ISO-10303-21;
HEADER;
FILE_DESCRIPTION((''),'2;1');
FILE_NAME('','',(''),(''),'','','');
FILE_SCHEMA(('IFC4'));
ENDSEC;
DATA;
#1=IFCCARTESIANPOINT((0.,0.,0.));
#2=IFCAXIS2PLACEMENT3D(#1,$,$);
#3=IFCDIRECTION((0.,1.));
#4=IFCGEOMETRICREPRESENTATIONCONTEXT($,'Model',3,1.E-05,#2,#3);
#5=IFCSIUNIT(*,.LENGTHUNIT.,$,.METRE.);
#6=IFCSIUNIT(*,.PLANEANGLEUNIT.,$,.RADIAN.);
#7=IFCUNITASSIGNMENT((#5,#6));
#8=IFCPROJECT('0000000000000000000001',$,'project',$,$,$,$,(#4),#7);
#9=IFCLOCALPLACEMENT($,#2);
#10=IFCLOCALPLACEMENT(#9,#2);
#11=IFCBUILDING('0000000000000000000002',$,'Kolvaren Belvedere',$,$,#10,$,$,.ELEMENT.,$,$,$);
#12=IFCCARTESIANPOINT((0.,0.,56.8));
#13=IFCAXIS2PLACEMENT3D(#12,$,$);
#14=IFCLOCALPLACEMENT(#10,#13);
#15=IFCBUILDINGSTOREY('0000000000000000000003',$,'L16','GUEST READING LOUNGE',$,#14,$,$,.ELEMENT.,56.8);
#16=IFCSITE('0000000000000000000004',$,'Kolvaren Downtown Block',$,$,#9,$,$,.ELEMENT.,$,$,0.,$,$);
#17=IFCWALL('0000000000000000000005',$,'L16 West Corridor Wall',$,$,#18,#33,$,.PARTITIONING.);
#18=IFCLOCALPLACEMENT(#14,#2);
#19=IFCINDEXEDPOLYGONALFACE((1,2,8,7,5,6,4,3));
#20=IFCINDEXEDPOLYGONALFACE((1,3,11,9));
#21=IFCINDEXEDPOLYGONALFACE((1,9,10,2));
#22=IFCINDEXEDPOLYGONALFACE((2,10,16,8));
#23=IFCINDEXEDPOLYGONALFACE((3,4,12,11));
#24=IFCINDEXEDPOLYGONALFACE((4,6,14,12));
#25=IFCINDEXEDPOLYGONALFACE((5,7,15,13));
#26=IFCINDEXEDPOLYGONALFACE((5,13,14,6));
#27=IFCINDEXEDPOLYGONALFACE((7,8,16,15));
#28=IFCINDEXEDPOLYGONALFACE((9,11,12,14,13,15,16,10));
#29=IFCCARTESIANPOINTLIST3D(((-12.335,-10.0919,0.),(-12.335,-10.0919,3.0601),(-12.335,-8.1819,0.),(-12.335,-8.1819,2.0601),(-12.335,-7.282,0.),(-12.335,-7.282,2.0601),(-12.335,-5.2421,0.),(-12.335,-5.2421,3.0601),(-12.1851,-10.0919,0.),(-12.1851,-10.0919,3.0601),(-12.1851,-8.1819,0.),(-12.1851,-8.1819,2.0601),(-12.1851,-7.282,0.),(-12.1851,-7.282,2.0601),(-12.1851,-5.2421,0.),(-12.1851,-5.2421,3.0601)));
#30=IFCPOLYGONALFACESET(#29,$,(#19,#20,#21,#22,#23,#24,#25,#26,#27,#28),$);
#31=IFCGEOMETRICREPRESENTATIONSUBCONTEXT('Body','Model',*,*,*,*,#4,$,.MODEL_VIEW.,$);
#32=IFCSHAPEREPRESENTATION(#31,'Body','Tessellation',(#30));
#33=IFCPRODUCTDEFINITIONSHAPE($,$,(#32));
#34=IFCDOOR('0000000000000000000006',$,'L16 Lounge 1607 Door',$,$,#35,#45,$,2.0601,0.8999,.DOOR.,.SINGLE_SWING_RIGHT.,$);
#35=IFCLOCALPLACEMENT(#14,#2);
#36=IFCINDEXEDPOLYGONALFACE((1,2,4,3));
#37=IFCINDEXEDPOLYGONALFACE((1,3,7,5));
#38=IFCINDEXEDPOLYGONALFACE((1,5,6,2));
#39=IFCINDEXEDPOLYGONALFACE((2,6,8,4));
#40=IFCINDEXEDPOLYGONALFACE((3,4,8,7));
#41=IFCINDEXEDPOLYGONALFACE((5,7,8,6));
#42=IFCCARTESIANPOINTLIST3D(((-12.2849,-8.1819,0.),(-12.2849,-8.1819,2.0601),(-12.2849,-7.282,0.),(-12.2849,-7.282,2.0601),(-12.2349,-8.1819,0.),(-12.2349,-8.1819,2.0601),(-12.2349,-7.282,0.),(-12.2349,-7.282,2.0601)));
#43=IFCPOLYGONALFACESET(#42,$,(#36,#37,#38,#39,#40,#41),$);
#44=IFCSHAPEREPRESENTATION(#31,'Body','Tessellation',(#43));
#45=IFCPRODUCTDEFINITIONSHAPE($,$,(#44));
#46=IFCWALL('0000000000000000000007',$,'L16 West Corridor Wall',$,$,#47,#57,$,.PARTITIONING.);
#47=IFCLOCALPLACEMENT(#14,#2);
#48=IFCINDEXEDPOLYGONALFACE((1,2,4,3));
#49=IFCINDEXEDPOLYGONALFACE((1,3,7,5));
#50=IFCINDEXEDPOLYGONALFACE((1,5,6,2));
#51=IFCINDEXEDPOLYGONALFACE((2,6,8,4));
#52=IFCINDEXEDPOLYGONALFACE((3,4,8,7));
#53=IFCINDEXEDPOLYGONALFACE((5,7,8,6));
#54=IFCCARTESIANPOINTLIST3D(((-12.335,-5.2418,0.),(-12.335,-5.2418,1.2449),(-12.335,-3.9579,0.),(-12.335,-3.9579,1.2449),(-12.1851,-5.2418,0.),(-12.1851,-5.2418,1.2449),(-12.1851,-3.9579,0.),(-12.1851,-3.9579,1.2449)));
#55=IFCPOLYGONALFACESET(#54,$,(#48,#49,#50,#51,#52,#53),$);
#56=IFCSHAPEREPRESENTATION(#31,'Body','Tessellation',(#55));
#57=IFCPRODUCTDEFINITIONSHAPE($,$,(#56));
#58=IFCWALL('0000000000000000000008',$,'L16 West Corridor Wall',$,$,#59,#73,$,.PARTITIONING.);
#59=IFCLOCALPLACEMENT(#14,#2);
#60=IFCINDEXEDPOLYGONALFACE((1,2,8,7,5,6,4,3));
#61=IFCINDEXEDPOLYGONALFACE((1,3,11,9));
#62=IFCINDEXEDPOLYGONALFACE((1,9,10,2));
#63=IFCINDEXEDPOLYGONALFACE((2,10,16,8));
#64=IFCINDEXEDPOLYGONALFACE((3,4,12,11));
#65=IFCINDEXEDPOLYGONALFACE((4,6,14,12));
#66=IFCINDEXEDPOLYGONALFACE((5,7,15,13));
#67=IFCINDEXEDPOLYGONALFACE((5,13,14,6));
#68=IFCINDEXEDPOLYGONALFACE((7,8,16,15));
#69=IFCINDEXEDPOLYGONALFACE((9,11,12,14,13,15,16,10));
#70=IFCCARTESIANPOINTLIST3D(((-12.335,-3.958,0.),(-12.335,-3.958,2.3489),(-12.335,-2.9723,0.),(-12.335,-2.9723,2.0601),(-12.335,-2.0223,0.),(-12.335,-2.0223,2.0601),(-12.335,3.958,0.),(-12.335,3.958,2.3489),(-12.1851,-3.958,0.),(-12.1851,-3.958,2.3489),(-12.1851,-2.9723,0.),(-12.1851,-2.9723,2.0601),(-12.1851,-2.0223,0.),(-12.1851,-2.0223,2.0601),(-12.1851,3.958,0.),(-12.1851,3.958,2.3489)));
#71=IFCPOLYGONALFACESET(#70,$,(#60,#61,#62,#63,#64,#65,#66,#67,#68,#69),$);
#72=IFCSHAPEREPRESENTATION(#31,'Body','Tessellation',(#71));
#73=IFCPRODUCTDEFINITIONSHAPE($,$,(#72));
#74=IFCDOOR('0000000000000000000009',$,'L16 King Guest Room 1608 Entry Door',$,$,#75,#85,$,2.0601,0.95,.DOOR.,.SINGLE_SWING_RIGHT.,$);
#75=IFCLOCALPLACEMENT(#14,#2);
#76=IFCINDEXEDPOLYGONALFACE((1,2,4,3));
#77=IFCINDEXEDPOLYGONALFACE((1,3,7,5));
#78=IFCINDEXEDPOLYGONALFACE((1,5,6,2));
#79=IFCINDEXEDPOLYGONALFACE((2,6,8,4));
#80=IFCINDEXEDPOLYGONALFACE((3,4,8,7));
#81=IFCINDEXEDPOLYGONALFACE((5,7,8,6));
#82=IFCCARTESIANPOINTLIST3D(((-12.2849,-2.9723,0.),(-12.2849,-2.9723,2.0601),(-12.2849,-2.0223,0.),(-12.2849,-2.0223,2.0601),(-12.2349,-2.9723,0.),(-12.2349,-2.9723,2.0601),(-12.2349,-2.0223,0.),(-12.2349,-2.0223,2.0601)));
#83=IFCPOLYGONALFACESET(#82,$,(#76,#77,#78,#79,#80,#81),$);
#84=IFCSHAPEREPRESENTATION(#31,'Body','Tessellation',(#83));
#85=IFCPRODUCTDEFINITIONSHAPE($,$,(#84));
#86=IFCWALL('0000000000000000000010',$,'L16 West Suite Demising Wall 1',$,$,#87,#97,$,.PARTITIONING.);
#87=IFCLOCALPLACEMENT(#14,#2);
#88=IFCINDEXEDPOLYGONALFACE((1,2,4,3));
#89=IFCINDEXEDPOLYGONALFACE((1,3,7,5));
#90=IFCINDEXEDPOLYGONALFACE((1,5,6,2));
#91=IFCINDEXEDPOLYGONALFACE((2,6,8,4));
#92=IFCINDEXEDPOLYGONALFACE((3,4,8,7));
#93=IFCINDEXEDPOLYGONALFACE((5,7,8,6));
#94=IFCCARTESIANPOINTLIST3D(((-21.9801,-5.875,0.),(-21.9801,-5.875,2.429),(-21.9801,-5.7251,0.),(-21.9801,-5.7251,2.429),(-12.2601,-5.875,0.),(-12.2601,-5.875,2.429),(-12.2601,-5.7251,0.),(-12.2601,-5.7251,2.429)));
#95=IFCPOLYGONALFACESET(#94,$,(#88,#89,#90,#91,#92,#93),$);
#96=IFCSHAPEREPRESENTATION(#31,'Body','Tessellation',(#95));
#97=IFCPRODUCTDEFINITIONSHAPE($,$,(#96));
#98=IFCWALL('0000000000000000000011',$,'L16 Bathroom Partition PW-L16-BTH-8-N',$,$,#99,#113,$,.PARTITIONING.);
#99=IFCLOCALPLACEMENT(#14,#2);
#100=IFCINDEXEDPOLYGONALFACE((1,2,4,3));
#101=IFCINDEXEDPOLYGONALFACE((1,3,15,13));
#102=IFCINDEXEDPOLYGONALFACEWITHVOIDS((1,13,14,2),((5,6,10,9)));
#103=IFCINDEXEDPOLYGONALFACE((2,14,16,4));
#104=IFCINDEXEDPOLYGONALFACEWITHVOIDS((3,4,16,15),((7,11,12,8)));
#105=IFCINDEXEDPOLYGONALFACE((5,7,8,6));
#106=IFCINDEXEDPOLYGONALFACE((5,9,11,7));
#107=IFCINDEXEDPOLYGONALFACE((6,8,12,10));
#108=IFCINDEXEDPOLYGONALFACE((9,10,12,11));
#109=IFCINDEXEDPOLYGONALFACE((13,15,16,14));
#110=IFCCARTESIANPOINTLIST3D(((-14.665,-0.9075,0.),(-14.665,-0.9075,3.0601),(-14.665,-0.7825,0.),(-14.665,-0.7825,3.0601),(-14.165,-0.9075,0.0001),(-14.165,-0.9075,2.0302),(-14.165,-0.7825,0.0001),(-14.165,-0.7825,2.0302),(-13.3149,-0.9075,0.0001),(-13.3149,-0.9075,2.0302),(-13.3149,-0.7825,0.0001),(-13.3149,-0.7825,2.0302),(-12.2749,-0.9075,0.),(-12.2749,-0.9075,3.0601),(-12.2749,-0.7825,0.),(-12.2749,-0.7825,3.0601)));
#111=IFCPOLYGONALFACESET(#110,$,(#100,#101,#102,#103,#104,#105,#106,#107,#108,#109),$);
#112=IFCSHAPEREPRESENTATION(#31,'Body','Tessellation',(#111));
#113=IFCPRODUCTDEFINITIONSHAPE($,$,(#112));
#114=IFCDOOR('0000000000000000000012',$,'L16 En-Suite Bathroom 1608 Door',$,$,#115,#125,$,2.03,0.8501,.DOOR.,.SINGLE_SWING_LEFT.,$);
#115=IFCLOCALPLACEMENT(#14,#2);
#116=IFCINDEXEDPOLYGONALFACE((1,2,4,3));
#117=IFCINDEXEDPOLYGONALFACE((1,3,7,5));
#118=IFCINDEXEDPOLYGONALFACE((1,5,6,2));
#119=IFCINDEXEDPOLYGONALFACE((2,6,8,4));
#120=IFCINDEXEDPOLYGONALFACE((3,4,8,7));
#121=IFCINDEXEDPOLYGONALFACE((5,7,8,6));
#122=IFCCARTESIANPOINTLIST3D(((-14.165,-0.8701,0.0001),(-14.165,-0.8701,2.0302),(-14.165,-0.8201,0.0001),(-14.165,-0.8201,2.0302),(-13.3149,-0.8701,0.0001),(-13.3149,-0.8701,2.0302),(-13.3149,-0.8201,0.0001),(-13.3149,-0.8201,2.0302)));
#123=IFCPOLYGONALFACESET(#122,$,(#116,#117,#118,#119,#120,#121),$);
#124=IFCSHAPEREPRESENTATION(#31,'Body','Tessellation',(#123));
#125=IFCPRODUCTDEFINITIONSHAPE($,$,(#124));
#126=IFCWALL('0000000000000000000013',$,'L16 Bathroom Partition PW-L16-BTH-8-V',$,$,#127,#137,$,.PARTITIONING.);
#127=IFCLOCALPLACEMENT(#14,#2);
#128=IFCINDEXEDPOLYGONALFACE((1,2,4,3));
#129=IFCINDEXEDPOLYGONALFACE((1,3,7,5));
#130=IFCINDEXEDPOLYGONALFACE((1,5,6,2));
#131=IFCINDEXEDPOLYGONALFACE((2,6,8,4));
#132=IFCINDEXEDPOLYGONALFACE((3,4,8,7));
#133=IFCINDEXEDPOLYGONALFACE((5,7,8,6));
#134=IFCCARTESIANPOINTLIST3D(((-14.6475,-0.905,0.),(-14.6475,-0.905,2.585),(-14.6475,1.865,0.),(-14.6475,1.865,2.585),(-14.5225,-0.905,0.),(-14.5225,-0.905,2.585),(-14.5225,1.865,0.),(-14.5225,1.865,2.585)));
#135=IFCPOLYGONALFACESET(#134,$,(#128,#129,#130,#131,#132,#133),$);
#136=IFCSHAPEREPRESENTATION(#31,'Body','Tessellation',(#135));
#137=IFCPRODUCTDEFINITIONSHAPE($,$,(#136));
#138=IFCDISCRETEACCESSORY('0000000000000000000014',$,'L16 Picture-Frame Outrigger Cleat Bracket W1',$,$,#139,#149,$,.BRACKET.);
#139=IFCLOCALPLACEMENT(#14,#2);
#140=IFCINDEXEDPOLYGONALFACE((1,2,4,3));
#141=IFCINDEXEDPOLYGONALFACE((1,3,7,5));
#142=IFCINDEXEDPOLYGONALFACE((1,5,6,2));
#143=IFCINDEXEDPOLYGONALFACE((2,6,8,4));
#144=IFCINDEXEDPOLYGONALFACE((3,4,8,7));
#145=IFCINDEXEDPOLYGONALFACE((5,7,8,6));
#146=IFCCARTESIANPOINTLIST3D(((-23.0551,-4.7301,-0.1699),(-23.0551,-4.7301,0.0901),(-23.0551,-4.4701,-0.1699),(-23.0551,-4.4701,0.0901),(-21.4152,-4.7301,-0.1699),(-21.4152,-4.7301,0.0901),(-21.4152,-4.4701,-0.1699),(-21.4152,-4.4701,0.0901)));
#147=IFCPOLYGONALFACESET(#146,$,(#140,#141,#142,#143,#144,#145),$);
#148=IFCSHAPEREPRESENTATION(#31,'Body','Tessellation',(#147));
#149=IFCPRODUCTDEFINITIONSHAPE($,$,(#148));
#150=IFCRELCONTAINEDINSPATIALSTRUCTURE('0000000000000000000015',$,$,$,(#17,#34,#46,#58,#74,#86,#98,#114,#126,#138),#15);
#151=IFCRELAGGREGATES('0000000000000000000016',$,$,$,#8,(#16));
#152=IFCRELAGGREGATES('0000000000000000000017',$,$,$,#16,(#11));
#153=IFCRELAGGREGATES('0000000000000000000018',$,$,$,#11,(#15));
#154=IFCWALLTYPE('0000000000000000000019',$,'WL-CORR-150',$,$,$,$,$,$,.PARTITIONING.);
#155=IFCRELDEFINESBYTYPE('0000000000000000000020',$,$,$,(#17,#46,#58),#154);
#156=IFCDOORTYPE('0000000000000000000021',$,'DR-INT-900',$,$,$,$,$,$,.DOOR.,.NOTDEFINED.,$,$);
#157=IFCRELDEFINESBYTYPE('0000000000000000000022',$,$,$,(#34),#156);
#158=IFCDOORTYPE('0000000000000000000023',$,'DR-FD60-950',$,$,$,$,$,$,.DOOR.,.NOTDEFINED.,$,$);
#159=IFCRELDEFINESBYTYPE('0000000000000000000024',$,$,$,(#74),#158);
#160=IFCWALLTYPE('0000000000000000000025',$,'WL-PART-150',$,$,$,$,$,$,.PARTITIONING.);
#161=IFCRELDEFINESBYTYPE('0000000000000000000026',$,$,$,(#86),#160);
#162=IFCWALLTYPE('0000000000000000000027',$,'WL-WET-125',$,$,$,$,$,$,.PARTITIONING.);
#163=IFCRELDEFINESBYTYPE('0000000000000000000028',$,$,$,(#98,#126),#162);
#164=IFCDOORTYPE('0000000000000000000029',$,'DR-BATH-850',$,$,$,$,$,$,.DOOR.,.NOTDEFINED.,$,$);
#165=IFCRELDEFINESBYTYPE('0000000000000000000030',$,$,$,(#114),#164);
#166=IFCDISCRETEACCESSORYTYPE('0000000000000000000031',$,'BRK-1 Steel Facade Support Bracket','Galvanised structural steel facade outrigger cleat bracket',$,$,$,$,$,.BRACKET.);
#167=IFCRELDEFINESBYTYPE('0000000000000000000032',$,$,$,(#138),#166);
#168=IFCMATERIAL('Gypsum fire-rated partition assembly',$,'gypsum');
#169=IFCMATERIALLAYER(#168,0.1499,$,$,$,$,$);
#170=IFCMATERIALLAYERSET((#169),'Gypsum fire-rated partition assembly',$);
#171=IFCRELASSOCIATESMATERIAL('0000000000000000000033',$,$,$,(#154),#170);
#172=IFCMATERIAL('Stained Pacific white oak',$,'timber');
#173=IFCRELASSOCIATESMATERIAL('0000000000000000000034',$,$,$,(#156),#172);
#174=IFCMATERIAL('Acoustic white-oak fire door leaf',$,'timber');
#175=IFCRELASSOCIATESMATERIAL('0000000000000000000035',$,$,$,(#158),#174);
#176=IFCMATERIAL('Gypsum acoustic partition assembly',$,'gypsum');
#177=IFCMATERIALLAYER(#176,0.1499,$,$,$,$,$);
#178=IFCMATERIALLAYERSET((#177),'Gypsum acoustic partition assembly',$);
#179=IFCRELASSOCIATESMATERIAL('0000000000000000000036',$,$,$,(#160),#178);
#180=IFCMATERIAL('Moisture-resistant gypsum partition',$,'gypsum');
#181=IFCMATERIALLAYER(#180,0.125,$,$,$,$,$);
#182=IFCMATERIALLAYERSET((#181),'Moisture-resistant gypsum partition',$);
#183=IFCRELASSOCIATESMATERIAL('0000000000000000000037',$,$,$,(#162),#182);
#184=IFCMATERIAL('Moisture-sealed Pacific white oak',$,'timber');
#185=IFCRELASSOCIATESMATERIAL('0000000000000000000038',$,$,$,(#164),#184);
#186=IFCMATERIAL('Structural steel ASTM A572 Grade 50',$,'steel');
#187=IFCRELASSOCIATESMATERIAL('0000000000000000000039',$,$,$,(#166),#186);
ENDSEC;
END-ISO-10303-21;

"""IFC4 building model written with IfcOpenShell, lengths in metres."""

from ifc_helpers import new_model, si_unit, direction, frame, frame_2d, origin, origin_2d, place, context, subcontext, project, spatial, rectangle, extrude, material, layer, layer_set, type_object, element, fill, save


model = new_model("IFC4")

# Units and contexts
model_context = context("Model", 3, precision=1e-05, world=origin(), true_north=direction((0.0, 1.0)))
body_context = subcontext(model_context, "Body", "Model", "MODEL_VIEW")
ifc_project = project(units=[si_unit("LENGTHUNIT", "METRE"), si_unit("PLANEANGLEUNIT", "RADIAN")], contexts=[model_context])

# Site, building, storey
site_placement = place(None, origin())
site = spatial("IfcSite", under=ifc_project, at=site_placement, Name="Kolvaren Downtown Block", CompositionType="ELEMENT", RefElevation=0.0)
building_placement = place(site_placement, origin())
building = spatial("IfcBuilding", under=site, at=building_placement, Name="Kolvaren Belvedere", CompositionType="ELEMENT")
storey_placement = place(building_placement, frame((0.0, 0.0, 56.8)))
storey = spatial("IfcBuildingStorey", under=building, at=storey_placement, Name="L16", Description="GUEST READING LOUNGE", CompositionType="ELEMENT", Elevation=56.8)

# Shared definitions
ifc_material_1 = material(Name="Gypsum fire-rated partition assembly", Category="gypsum")
ifc_layer_1 = layer(ifc_material_1, 0.1499)
ifc_layer_set_1 = layer_set([ifc_layer_1], Name="Gypsum fire-rated partition assembly")
wall_type_1 = type_object("IfcWallType", Name="WL-CORR-150", PredefinedType="PARTITIONING", material=ifc_layer_set_1)

# Wall, opening, door
wall_1_placement = place(storey_placement, frame((-12.26, -10.0918, 0.0), z_axis=(0.0, 0.0, 1.0), x_axis=(0.0, 1.0, 0.0)))
wall_1 = element("IfcWall", 1, at=wall_1_placement, inside=storey, type_object=wall_type_1, Name="L16 West Corridor Wall", PredefinedType="PARTITIONING", context=body_context, shape_type="SweptSolid", body=[
    extrude(rectangle(XDim=4.8499, YDim=0.1499, at=frame_2d((2.4248, 0.0))), origin(), (0.0, 0.0, 1.0), 3.0601),
])
opening_1_placement = place(wall_1_placement, frame((1.9099, 0.0, 0.0)))
opening_1 = element("IfcOpeningElement", 2, at=opening_1_placement, cuts=wall_1, PredefinedType="OPENING", context=body_context, shape_type="SweptSolid", body=[
    extrude(rectangle(XDim=0.8999, YDim=2.0601, at=frame_2d((0.45, 1.03))), frame((0.0, 0.085, 0.0), z_axis=(0.0, -1.0, 0.0), x_axis=(1.0, 0.0, 0.0)), (0.0, 0.0, 1.0), 0.1699),
])
ifc_material_2 = material(Name="Stained Pacific white oak", Category="timber")
door_type_1 = type_object("IfcDoorType", Name="DR-INT-900", OperationType="NOTDEFINED", PredefinedType="DOOR", material=ifc_material_2)
door_1_placement = place(opening_1_placement, origin())
door_1 = element("IfcDoor", 3, at=door_1_placement, inside=storey, type_object=door_type_1, Name="L16 Lounge 1607 Door", OperationType="SINGLE_SWING_RIGHT", OverallHeight=2.0601, OverallWidth=0.8999, PredefinedType="DOOR", context=body_context, shape_type="SweptSolid", body=[
    extrude(rectangle(XDim=0.8999, YDim=2.0601, at=frame_2d((0.45, 1.03))), frame((0.0, 0.0249, 0.0), z_axis=(0.0, -1.0, 0.0), x_axis=(1.0, 0.0, 0.0)), (0.0, 0.0, 1.0), 0.05),
])
fill(opening_1, door_1)

# Wall
wall_2_placement = place(storey_placement, frame((-12.26, -5.2419, 0.0), z_axis=(0.0, 0.0, 1.0), x_axis=(0.0, 1.0, 0.0)))
element("IfcWall", 4, at=wall_2_placement, inside=storey, type_object=wall_type_1, Name="L16 West Corridor Wall", PredefinedType="PARTITIONING", context=body_context, shape_type="SweptSolid", body=[
    extrude(rectangle(XDim=1.2839, YDim=0.1499, at=frame_2d((0.6421, 0.0))), origin(), (0.0, 0.0, 1.0), 1.2449),
])

# Wall, opening, door
wall_3_placement = place(storey_placement, frame((-12.26, -3.958, 0.0), z_axis=(0.0, 0.0, 1.0), x_axis=(0.0, 1.0, 0.0)))
wall_3 = element("IfcWall", 5, at=wall_3_placement, inside=storey, type_object=wall_type_1, Name="L16 West Corridor Wall", PredefinedType="PARTITIONING", context=body_context, shape_type="SweptSolid", body=[
    extrude(rectangle(XDim=7.916, YDim=0.1499, at=frame_2d((3.958, 0.0))), origin(), (0.0, 0.0, 1.0), 2.3489),
])
opening_2_placement = place(wall_3_placement, frame((0.9856, 0.0, 0.0)))
opening_2 = element("IfcOpeningElement", 6, at=opening_2_placement, cuts=wall_3, PredefinedType="OPENING", context=body_context, shape_type="SweptSolid", body=[
    extrude(rectangle(XDim=0.95, YDim=2.0601, at=frame_2d((0.4751, 1.03))), frame((0.0, 0.085, 0.0), z_axis=(0.0, -1.0, 0.0), x_axis=(1.0, 0.0, 0.0)), (0.0, 0.0, 1.0), 0.1699),
])
ifc_material_3 = material(Name="Acoustic white-oak fire door leaf", Category="timber")
door_type_2 = type_object("IfcDoorType", Name="DR-FD60-950", OperationType="NOTDEFINED", PredefinedType="DOOR", material=ifc_material_3)
door_2_placement = place(opening_2_placement, origin())
door_2 = element("IfcDoor", 7, at=door_2_placement, inside=storey, type_object=door_type_2, Name="L16 King Guest Room 1608 Entry Door", OperationType="SINGLE_SWING_RIGHT", OverallHeight=2.0601, OverallWidth=0.95, PredefinedType="DOOR", context=body_context, shape_type="SweptSolid", body=[
    extrude(rectangle(XDim=0.95, YDim=2.0601, at=frame_2d((0.4751, 1.03))), frame((0.0, 0.0249, 0.0), z_axis=(0.0, -1.0, 0.0), x_axis=(1.0, 0.0, 0.0)), (0.0, 0.0, 1.0), 0.05),
])
fill(opening_2, door_2)

# Wall
ifc_material_4 = material(Name="Gypsum acoustic partition assembly", Category="gypsum")
ifc_layer_2 = layer(ifc_material_4, 0.1499)
ifc_layer_set_2 = layer_set([ifc_layer_2], Name="Gypsum acoustic partition assembly")
wall_type_2 = type_object("IfcWallType", Name="WL-PART-150", PredefinedType="PARTITIONING", material=ifc_layer_set_2)
wall_4_placement = place(storey_placement, frame((-21.98, -5.8, 0.0), z_axis=(0.0, 0.0, 1.0), x_axis=(1.0, 0.0, 0.0)))
element("IfcWall", 8, at=wall_4_placement, inside=storey, type_object=wall_type_2, Name="L16 West Suite Demising Wall 1", PredefinedType="PARTITIONING", context=body_context, shape_type="SweptSolid", body=[
    extrude(rectangle(XDim=9.72, YDim=0.1499, at=frame_2d((4.8599, 0.0))), origin(), (0.0, 0.0, 1.0), 2.429),
])

# Wall, opening, door
ifc_material_5 = material(Name="Moisture-resistant gypsum partition", Category="gypsum")
ifc_layer_3 = layer(ifc_material_5, 0.125)
ifc_layer_set_3 = layer_set([ifc_layer_3], Name="Moisture-resistant gypsum partition")
wall_type_3 = type_object("IfcWallType", Name="WL-WET-125", PredefinedType="PARTITIONING", material=ifc_layer_set_3)
wall_5_placement = place(storey_placement, frame((-14.665, -0.845, 0.0), z_axis=(0.0, 0.0, 1.0), x_axis=(1.0, 0.0, 0.0)))
wall_5 = element("IfcWall", 9, at=wall_5_placement, inside=storey, type_object=wall_type_3, Name="L16 Bathroom Partition PW-L16-BTH-8-N", PredefinedType="PARTITIONING", context=body_context, shape_type="SweptSolid", body=[
    extrude(rectangle(XDim=2.3901, YDim=0.125, at=frame_2d((1.1951, 0.0))), origin(), (0.0, 0.0, 1.0), 3.0601),
])
opening_3_placement = place(wall_5_placement, frame((0.5, 0.0, 0.0)))
opening_3 = element("IfcOpeningElement", 10, at=opening_3_placement, cuts=wall_5, PredefinedType="OPENING", context=body_context, shape_type="SweptSolid", body=[
    extrude(rectangle(XDim=0.8501, YDim=2.03, at=frame_2d((0.425, 1.0151))), frame((0.0, 0.0725, 0.0), z_axis=(0.0, -1.0, 0.0), x_axis=(1.0, 0.0, 0.0)), (0.0, 0.0, 1.0), 0.145),
])
ifc_material_6 = material(Name="Moisture-sealed Pacific white oak", Category="timber")
door_type_3 = type_object("IfcDoorType", Name="DR-BATH-850", OperationType="NOTDEFINED", PredefinedType="DOOR", material=ifc_material_6)
door_3_placement = place(opening_3_placement, origin())
door_3 = element("IfcDoor", 11, at=door_3_placement, inside=storey, type_object=door_type_3, Name="L16 En-Suite Bathroom 1608 Door", OperationType="SINGLE_SWING_LEFT", OverallHeight=2.03, OverallWidth=0.8501, PredefinedType="DOOR", context=body_context, shape_type="SweptSolid", body=[
    extrude(rectangle(XDim=0.8501, YDim=2.03, at=frame_2d((0.425, 1.0151))), frame((0.0, 0.0249, 0.0), z_axis=(0.0, -1.0, 0.0), x_axis=(1.0, 0.0, 0.0)), (0.0, 0.0, 1.0), 0.05),
])
fill(opening_3, door_3)

# Wall
wall_6_placement = place(storey_placement, frame((-14.585, -0.905, 0.0), z_axis=(0.0, 0.0, 1.0), x_axis=(0.0, 1.0, 0.0)))
element("IfcWall", 12, at=wall_6_placement, inside=storey, type_object=wall_type_3, Name="L16 Bathroom Partition PW-L16-BTH-8-V", PredefinedType="PARTITIONING", context=body_context, shape_type="SweptSolid", body=[
    extrude(rectangle(XDim=2.77, YDim=0.125, at=frame_2d((1.385, 0.0))), origin(), (0.0, 0.0, 1.0), 2.585),
])

# Discrete accessory
ifc_material_7 = material(Name="Structural steel ASTM A572 Grade 50", Category="steel")
discrete_accessory_type = type_object("IfcDiscreteAccessoryType", Name="BRK-1 Steel Facade Support Bracket", Description="Galvanised structural steel facade outrigger cleat bracket", PredefinedType="BRACKET", material=ifc_material_7)
discrete_accessory_placement = place(storey_placement, frame((-22.2351, -4.6001, -0.1699), z_axis=(0.0, 0.0, 1.0), x_axis=(1.0, 0.0, 0.0)))
element("IfcDiscreteAccessory", 13, at=discrete_accessory_placement, inside=storey, type_object=discrete_accessory_type, Name="L16 Picture-Frame Outrigger Cleat Bracket W1", PredefinedType="BRACKET", context=body_context, shape_type="SweptSolid", body=[
    extrude(rectangle(XDim=1.6399, YDim=0.26, at=origin_2d()), origin(), (0.0, 0.0, 1.0), 0.26),
])

save(model, "model.ifc")
